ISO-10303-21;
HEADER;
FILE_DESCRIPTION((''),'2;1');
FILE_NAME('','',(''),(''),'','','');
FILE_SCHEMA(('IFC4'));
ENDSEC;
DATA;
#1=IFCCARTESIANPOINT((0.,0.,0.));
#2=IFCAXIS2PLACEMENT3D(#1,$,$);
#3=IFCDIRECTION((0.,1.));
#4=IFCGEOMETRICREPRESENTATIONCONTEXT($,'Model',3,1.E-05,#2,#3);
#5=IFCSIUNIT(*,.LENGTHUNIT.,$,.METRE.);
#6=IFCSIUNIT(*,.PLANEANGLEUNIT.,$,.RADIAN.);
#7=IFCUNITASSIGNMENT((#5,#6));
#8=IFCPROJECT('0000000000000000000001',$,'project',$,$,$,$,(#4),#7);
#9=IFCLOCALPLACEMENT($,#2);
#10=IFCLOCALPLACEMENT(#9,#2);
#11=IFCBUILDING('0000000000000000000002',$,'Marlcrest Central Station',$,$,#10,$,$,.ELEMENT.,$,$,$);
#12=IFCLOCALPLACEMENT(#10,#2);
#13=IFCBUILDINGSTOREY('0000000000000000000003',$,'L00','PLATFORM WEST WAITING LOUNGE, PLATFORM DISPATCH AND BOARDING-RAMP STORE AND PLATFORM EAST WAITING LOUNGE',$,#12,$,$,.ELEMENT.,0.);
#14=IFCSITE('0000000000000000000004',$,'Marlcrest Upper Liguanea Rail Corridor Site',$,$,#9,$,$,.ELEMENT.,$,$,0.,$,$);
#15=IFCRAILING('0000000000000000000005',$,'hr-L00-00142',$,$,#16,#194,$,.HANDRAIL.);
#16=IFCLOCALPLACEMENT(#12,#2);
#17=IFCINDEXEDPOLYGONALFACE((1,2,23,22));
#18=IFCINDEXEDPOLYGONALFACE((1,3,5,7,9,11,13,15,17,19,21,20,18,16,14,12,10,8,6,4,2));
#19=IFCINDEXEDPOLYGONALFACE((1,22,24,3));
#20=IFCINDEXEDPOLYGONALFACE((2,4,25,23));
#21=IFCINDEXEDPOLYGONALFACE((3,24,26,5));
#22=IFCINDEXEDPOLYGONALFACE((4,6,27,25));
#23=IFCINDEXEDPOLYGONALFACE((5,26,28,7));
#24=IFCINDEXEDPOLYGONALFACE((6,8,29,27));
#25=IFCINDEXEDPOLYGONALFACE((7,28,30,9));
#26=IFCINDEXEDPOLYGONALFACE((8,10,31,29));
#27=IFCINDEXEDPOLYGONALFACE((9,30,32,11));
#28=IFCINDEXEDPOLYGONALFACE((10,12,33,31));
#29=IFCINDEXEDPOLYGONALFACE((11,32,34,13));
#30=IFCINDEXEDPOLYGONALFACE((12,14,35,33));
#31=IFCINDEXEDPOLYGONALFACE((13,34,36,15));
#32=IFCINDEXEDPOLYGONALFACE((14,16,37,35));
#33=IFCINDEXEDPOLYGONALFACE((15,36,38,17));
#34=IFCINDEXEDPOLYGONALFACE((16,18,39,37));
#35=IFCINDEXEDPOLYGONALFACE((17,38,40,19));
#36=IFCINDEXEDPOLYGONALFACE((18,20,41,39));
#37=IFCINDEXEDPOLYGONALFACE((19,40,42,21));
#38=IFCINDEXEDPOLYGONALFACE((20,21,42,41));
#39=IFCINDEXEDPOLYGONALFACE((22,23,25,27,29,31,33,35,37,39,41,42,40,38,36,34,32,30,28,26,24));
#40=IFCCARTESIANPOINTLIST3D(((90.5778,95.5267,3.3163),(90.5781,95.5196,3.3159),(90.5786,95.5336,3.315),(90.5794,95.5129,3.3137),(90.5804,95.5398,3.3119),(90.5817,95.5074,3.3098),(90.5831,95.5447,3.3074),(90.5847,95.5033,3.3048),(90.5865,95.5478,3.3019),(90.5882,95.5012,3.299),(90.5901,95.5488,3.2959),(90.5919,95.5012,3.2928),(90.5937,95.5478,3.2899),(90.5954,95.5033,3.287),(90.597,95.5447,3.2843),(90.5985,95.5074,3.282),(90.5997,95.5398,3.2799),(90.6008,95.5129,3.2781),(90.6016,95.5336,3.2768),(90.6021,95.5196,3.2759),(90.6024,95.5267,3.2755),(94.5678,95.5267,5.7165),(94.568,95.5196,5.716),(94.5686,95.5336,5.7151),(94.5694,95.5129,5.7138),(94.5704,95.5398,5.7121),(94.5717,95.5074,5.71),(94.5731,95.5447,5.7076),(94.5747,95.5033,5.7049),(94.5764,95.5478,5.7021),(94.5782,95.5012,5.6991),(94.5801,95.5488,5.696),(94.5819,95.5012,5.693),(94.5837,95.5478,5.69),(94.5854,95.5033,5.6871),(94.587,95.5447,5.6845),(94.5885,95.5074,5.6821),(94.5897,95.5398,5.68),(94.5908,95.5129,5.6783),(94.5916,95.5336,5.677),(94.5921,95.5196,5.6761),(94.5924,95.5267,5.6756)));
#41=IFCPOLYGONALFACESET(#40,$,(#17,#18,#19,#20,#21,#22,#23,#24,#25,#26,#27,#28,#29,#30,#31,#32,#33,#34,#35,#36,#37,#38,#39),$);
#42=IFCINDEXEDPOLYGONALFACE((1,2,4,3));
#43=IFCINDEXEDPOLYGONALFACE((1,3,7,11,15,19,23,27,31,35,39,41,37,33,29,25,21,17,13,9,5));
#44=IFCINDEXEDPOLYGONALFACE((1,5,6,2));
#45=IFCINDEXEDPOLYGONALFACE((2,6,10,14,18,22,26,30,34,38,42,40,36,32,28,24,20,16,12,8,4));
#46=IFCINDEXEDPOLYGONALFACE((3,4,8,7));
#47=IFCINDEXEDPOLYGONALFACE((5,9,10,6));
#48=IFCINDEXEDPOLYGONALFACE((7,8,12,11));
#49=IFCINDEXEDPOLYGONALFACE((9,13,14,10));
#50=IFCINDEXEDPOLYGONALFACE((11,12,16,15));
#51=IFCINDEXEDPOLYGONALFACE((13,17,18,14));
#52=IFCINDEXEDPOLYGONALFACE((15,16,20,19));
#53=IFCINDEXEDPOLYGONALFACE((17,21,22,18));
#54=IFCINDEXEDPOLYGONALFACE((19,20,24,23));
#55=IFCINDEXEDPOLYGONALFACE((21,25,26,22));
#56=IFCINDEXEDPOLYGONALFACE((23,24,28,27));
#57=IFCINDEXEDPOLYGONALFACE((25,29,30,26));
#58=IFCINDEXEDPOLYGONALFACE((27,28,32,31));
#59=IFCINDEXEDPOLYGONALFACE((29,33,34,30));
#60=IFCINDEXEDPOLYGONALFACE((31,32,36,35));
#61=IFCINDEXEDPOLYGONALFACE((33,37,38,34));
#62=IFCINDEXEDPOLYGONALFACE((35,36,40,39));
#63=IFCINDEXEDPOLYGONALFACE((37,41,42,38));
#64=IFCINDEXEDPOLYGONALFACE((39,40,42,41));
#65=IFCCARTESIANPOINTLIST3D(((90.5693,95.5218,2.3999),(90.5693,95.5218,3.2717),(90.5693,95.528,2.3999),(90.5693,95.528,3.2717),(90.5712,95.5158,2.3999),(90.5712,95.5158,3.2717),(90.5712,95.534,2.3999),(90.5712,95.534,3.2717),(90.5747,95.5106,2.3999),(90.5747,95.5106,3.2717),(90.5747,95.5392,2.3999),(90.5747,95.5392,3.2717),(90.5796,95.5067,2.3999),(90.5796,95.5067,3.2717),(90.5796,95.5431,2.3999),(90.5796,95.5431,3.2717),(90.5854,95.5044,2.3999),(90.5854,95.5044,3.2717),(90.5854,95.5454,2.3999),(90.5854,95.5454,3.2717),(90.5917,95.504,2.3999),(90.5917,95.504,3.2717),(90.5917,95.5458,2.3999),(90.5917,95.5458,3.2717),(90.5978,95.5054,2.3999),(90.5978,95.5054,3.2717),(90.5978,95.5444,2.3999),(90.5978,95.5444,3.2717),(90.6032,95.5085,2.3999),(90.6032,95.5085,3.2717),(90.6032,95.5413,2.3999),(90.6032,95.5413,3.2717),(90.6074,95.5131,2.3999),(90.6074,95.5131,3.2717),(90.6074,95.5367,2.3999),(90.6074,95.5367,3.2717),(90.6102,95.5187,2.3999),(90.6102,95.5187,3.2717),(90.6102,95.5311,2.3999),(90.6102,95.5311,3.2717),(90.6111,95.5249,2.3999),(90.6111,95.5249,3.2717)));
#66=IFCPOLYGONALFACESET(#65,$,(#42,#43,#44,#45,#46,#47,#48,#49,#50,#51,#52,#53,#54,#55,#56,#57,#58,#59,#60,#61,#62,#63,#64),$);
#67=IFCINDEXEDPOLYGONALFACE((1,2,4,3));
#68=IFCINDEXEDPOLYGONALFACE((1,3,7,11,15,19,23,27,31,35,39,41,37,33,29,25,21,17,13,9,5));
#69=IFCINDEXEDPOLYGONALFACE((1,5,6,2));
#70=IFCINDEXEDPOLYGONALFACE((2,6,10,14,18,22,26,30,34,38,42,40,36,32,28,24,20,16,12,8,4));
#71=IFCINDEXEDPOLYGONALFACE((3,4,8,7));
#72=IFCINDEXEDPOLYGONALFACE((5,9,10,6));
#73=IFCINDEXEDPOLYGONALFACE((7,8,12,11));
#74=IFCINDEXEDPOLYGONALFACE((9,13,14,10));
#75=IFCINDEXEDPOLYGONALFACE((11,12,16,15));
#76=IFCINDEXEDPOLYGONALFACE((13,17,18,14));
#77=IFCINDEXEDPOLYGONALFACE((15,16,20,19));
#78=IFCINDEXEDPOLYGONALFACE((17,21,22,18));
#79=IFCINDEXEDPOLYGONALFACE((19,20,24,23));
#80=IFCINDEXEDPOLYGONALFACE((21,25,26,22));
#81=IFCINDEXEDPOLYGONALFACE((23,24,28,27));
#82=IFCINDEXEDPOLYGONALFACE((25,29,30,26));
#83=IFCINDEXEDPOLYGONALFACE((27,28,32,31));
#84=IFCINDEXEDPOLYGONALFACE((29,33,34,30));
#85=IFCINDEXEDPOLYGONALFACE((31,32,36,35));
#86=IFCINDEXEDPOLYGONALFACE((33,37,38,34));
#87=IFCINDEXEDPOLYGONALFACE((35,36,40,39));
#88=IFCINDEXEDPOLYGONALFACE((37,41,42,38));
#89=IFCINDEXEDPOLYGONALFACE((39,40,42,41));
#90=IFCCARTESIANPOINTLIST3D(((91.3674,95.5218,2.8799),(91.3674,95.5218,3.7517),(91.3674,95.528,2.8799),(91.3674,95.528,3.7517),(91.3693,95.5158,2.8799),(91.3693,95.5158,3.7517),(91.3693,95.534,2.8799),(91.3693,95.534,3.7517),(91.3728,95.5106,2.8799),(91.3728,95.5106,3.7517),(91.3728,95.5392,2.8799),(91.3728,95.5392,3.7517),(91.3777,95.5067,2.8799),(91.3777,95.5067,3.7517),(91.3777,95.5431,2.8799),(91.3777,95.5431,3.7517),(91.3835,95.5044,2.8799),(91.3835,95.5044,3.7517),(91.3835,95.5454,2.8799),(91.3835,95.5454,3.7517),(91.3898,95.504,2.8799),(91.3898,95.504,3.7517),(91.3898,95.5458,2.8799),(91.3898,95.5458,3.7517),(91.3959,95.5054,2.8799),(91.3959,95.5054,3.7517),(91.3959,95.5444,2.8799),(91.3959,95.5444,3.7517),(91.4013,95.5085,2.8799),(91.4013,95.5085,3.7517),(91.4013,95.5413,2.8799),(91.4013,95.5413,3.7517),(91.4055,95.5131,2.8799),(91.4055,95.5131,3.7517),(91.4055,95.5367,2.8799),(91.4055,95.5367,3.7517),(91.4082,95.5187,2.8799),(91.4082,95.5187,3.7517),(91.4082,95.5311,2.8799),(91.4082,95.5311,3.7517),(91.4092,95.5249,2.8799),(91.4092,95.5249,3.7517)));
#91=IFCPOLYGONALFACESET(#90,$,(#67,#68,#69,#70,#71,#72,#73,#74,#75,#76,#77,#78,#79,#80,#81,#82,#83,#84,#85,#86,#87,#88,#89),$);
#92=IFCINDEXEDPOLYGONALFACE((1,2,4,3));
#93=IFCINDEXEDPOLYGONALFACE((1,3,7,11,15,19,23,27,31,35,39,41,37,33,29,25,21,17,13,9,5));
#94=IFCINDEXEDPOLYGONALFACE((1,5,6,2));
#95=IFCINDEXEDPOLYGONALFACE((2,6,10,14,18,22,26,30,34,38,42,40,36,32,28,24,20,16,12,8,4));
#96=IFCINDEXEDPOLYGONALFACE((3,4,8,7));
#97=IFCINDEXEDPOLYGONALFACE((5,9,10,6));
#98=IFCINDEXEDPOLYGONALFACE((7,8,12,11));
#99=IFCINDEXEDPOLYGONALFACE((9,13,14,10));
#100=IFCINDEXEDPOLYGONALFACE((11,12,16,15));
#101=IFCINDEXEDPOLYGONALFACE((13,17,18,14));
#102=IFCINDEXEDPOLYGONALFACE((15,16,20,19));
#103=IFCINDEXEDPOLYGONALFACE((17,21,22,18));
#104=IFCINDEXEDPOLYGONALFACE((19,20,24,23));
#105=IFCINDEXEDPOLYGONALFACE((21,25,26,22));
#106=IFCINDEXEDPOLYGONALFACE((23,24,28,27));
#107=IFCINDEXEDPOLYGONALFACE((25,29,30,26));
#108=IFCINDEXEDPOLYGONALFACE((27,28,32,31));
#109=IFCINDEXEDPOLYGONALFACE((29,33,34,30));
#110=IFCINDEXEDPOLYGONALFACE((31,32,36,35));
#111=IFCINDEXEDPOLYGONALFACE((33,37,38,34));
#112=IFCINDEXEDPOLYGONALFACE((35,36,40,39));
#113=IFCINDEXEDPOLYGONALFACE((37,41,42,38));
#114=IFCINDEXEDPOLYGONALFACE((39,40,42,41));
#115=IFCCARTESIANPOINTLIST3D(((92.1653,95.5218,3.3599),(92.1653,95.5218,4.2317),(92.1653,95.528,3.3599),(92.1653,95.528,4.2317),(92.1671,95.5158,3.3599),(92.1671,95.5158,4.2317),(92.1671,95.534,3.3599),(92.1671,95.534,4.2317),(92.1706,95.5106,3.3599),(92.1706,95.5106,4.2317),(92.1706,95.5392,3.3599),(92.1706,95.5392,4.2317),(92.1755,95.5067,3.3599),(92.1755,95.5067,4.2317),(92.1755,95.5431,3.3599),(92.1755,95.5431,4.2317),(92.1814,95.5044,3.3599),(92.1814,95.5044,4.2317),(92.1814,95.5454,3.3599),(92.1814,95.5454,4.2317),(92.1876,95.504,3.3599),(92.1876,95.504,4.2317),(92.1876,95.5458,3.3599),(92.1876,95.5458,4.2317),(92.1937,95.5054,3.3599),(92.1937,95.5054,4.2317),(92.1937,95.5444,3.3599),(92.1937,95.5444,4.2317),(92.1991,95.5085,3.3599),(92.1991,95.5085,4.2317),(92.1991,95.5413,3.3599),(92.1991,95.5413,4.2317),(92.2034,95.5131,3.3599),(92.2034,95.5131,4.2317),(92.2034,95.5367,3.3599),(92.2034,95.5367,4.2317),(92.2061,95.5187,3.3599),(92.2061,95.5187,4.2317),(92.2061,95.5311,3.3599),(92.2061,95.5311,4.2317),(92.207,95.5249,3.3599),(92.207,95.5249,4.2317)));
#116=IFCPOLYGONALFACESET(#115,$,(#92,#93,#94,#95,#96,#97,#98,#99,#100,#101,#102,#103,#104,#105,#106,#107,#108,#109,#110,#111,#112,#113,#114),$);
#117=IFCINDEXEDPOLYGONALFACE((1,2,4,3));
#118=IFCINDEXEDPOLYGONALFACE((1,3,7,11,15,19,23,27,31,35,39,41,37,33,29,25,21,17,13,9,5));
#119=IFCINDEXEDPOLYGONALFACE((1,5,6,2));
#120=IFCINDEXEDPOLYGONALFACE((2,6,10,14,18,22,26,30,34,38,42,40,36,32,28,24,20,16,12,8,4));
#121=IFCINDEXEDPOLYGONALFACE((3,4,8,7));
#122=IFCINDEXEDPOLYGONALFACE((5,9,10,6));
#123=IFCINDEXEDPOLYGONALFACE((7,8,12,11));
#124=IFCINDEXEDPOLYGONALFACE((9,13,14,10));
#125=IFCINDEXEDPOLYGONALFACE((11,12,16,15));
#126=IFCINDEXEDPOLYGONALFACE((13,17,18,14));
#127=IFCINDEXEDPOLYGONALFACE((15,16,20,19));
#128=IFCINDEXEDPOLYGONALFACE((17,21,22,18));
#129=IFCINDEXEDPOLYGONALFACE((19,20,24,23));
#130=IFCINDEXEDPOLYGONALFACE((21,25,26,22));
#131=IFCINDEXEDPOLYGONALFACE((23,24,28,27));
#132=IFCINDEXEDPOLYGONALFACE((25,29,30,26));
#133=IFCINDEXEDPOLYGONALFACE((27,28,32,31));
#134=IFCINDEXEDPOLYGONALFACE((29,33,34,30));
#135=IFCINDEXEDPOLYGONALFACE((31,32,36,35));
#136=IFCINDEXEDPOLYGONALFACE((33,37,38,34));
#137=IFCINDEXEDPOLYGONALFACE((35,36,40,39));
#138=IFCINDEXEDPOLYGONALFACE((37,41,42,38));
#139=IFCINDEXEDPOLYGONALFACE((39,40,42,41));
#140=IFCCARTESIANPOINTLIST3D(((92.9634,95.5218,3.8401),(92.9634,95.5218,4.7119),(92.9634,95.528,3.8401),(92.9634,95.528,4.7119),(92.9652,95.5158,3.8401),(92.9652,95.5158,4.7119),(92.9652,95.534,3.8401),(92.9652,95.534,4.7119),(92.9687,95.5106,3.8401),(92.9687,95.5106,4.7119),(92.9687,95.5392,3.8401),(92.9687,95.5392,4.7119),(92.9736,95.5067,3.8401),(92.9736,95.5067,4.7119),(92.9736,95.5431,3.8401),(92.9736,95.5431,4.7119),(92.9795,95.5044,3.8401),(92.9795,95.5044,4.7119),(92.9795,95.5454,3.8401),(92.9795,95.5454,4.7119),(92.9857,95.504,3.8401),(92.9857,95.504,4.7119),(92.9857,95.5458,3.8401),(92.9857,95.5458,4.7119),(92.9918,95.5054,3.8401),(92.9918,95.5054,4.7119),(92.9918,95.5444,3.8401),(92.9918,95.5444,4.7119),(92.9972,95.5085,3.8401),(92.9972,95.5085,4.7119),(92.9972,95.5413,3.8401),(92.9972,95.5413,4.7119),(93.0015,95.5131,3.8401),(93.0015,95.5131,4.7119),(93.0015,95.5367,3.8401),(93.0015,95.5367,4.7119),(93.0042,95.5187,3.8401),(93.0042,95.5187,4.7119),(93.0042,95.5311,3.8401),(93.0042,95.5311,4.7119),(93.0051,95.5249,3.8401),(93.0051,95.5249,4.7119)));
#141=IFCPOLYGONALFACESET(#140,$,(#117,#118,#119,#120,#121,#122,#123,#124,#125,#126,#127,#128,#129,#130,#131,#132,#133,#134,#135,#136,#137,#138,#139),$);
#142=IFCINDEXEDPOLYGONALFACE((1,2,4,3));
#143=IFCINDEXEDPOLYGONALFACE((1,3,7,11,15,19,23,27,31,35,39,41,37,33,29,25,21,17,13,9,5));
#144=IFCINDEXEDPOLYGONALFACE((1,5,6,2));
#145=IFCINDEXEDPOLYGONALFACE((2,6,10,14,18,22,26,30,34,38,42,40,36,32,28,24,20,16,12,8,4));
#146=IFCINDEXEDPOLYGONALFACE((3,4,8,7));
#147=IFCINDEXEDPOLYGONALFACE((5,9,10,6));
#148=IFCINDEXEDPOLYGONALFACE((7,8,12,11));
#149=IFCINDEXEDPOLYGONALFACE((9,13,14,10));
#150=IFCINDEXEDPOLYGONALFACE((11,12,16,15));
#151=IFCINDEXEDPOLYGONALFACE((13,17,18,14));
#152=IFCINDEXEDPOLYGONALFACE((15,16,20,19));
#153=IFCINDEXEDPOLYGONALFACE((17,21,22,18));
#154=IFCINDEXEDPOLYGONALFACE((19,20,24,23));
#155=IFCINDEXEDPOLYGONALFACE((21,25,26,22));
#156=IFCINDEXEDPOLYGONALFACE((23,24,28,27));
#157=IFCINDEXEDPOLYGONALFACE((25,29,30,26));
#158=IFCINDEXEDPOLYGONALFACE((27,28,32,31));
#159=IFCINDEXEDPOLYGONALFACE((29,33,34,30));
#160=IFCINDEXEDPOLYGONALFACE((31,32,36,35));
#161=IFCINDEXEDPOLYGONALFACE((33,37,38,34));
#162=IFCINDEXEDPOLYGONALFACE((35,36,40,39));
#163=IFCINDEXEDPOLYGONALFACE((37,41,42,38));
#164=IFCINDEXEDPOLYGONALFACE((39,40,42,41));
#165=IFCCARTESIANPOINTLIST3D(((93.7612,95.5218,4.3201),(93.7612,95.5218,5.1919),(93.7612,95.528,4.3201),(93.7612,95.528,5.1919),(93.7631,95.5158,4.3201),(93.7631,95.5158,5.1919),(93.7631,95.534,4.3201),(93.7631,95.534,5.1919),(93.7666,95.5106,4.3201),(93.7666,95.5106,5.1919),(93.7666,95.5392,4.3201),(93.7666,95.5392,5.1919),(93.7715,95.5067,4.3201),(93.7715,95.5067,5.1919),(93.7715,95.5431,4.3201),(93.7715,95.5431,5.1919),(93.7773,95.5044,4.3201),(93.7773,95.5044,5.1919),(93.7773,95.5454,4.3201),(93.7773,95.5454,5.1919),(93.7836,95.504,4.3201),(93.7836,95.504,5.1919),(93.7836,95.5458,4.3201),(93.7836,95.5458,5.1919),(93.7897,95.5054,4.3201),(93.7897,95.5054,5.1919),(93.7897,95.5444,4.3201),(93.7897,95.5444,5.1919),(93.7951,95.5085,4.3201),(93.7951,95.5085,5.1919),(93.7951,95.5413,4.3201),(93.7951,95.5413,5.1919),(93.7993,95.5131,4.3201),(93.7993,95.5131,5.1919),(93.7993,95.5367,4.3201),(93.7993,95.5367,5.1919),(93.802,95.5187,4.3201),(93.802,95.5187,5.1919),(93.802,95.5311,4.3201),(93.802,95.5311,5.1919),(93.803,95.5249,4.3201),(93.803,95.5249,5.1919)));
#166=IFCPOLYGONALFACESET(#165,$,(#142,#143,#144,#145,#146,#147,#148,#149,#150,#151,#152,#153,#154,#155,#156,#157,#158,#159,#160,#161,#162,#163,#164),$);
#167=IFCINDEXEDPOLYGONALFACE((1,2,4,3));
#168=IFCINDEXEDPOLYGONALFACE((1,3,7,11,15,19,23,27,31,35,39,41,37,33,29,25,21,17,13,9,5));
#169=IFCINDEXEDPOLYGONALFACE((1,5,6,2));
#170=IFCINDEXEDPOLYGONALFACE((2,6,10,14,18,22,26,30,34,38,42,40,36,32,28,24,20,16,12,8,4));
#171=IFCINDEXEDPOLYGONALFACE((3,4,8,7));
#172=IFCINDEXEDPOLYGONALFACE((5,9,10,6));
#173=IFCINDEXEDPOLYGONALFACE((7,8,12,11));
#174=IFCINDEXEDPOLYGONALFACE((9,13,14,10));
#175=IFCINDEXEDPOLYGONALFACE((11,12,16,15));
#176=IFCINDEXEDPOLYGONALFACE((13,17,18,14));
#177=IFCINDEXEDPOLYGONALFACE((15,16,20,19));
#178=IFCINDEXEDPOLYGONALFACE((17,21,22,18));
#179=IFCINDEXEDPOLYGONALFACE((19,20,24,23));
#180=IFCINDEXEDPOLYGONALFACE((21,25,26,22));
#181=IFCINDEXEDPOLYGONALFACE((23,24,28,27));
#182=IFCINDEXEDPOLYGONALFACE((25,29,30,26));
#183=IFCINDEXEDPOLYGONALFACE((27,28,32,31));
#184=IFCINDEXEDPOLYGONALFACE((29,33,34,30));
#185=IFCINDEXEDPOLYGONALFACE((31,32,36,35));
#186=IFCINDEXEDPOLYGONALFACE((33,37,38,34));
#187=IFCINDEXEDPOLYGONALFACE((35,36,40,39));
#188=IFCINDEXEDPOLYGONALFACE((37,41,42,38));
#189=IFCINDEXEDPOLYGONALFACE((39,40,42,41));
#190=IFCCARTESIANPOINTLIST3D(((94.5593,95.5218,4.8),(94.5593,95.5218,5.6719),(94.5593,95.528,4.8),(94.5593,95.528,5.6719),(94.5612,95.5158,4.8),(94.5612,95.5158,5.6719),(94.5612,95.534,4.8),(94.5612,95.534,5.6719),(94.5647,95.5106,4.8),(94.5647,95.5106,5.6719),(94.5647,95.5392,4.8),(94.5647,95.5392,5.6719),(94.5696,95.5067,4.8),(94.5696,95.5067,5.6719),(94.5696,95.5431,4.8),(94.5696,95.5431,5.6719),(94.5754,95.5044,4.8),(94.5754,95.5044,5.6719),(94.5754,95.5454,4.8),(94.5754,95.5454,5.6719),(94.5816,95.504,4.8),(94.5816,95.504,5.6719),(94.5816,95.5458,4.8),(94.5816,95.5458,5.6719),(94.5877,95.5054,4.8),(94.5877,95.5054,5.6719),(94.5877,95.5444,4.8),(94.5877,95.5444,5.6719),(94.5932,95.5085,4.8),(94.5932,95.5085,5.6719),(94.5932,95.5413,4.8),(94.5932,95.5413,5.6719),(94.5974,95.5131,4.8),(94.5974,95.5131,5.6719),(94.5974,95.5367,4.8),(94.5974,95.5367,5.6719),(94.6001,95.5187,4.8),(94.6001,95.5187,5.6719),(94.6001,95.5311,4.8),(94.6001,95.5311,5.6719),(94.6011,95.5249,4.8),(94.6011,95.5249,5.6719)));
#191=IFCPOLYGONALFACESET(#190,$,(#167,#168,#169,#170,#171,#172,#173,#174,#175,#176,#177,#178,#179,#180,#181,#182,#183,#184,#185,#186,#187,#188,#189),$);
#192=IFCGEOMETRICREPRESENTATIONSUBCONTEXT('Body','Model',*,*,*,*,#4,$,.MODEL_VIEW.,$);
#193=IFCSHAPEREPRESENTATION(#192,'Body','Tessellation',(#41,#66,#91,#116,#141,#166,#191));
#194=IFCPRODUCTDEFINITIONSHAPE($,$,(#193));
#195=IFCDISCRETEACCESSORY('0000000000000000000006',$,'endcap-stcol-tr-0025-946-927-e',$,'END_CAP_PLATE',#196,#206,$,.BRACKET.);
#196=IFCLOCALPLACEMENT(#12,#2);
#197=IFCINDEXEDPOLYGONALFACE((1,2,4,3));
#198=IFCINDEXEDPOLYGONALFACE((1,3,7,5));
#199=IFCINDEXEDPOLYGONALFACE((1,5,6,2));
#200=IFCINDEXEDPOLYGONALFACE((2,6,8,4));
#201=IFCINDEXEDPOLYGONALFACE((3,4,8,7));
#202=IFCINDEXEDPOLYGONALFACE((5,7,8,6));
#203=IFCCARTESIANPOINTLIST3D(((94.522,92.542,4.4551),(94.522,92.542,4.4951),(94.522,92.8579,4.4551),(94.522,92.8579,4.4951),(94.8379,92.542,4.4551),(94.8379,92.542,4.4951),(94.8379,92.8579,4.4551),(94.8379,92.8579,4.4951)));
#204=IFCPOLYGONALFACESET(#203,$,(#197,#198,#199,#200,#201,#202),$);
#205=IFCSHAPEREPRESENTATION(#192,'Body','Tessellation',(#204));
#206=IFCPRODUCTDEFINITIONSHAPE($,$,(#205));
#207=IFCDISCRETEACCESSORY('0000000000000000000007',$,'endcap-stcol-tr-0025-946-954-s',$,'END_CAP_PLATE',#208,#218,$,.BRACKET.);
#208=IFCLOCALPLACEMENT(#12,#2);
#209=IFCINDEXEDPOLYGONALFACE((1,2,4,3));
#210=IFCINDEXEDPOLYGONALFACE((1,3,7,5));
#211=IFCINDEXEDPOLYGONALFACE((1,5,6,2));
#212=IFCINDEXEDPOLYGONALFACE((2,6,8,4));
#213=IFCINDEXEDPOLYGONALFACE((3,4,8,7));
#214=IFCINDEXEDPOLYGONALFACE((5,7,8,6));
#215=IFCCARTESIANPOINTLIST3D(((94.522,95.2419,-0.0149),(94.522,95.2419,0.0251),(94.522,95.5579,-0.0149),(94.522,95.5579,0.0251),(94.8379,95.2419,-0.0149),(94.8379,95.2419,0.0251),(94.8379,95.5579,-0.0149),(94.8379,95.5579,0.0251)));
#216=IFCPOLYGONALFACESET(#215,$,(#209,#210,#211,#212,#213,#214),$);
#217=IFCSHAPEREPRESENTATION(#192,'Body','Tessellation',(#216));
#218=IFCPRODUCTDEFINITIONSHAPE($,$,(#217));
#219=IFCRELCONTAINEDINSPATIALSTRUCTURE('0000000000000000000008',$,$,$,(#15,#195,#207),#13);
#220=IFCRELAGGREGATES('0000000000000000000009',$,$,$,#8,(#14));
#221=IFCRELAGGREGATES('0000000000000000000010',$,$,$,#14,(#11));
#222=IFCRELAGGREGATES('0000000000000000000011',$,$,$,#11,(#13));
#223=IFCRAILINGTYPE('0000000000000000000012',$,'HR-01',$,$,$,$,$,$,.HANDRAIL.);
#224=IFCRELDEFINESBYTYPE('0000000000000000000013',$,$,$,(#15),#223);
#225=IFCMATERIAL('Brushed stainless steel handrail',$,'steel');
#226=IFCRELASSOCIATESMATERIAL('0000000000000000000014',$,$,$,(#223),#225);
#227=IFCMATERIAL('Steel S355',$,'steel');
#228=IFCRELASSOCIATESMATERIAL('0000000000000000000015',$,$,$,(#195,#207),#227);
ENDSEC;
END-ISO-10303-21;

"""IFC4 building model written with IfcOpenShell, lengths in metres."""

from ifc_helpers import new_model, si_unit, direction, frame, origin, origin_2d, place, context, subcontext, project, spatial, rectangle, circle, extrude, material, type_object, element, save


model = new_model("IFC4")

# Units and contexts
model_context = context("Model", 3, precision=1e-05, world=origin(), true_north=direction((0.0, 1.0)))
body_context = subcontext(model_context, "Body", "Model", "MODEL_VIEW")
ifc_project = project(units=[si_unit("LENGTHUNIT", "METRE"), si_unit("PLANEANGLEUNIT", "RADIAN")], contexts=[model_context])

# Site, building, storey
site_placement = place(None, origin())
site = spatial("IfcSite", under=ifc_project, at=site_placement, Name="Marlcrest Upper Liguanea Rail Corridor Site", CompositionType="ELEMENT", RefElevation=0.0)
building_placement = place(site_placement, origin())
building = spatial("IfcBuilding", under=site, at=building_placement, Name="Marlcrest Central Station", CompositionType="ELEMENT")
storey_placement = place(building_placement, origin())
storey = spatial("IfcBuildingStorey", under=building, at=storey_placement, Name="L00", Description="PLATFORM WEST WAITING LOUNGE, PLATFORM DISPATCH AND BOARDING-RAMP STORE AND PLATFORM EAST WAITING LOUNGE", CompositionType="ELEMENT", Elevation=0.0)

# Shared definitions
ifc_material_1 = material(Name="Steel S355", Category="steel")

# Railing
ifc_material_2 = material(Name="Brushed stainless steel handrail", Category="steel")
railing_type = type_object("IfcRailingType", Name="HR-01", PredefinedType="HANDRAIL", material=ifc_material_2)
railing_1_placement = place(storey_placement, frame((90.5901, 95.5249, 2.3999)))
element("IfcRailing", 1, at=railing_1_placement, inside=storey, type_object=railing_type, Name="hr-L00-00142", PredefinedType="HANDRAIL", context=body_context, shape_type="SweptSolid", body=[
    extrude(circle(Radius=0.0239, at=origin_2d()), frame((0.0, 0.0, 0.896), z_axis=(0.856909, 0.0, 0.515467), x_axis=(0.0, 1.0, 0.0)), (0.0, 0.0, 1.0), 4.6562),
    extrude(circle(Radius=0.021, at=origin_2d()), origin(), (0.0, 0.0, 1.0), 0.8718),
    extrude(circle(Radius=0.021, at=origin_2d()), frame((0.7981, 0.0, 0.48)), (0.0, 0.0, 1.0), 0.8718),
    extrude(circle(Radius=0.021, at=origin_2d()), frame((1.5959, 0.0, 0.96)), (0.0, 0.0, 1.0), 0.8718),
    extrude(circle(Radius=0.021, at=origin_2d()), frame((2.394, 0.0, 1.4402)), (0.0, 0.0, 1.0), 0.8718),
    extrude(circle(Radius=0.021, at=origin_2d()), frame((3.1919, 0.0, 1.9202)), (0.0, 0.0, 1.0), 0.8718),
    extrude(circle(Radius=0.021, at=origin_2d()), frame((3.99, 0.0, 2.4001)), (0.0, 0.0, 1.0), 0.8718),
])

# Discrete accessories
for number, where, z_axis, x_axis, name in (
    (2, (94.6799, 92.7, 4.4551), (0.0, 0.0, 1.0), (1.0, 0.0, 0.0), "endcap-stcol-tr-0025-946-927-e"),
    (3, (94.6799, 95.3999, -0.0149), (0.0, 0.0, 1.0), (1.0, 0.0, 0.0), "endcap-stcol-tr-0025-946-954-s"),
):
    element("IfcDiscreteAccessory", number, at=place(storey_placement, frame(where, z_axis=z_axis, x_axis=x_axis)), inside=storey, material=ifc_material_1, Name=name, ObjectType="END_CAP_PLATE", PredefinedType="BRACKET", context=body_context, shape_type="SweptSolid", body=[
        extrude(rectangle(XDim=0.3159, YDim=0.3159, at=origin_2d()), origin(), (0.0, 0.0, 1.0), 0.04),
    ])

save(model, "model.ifc")
